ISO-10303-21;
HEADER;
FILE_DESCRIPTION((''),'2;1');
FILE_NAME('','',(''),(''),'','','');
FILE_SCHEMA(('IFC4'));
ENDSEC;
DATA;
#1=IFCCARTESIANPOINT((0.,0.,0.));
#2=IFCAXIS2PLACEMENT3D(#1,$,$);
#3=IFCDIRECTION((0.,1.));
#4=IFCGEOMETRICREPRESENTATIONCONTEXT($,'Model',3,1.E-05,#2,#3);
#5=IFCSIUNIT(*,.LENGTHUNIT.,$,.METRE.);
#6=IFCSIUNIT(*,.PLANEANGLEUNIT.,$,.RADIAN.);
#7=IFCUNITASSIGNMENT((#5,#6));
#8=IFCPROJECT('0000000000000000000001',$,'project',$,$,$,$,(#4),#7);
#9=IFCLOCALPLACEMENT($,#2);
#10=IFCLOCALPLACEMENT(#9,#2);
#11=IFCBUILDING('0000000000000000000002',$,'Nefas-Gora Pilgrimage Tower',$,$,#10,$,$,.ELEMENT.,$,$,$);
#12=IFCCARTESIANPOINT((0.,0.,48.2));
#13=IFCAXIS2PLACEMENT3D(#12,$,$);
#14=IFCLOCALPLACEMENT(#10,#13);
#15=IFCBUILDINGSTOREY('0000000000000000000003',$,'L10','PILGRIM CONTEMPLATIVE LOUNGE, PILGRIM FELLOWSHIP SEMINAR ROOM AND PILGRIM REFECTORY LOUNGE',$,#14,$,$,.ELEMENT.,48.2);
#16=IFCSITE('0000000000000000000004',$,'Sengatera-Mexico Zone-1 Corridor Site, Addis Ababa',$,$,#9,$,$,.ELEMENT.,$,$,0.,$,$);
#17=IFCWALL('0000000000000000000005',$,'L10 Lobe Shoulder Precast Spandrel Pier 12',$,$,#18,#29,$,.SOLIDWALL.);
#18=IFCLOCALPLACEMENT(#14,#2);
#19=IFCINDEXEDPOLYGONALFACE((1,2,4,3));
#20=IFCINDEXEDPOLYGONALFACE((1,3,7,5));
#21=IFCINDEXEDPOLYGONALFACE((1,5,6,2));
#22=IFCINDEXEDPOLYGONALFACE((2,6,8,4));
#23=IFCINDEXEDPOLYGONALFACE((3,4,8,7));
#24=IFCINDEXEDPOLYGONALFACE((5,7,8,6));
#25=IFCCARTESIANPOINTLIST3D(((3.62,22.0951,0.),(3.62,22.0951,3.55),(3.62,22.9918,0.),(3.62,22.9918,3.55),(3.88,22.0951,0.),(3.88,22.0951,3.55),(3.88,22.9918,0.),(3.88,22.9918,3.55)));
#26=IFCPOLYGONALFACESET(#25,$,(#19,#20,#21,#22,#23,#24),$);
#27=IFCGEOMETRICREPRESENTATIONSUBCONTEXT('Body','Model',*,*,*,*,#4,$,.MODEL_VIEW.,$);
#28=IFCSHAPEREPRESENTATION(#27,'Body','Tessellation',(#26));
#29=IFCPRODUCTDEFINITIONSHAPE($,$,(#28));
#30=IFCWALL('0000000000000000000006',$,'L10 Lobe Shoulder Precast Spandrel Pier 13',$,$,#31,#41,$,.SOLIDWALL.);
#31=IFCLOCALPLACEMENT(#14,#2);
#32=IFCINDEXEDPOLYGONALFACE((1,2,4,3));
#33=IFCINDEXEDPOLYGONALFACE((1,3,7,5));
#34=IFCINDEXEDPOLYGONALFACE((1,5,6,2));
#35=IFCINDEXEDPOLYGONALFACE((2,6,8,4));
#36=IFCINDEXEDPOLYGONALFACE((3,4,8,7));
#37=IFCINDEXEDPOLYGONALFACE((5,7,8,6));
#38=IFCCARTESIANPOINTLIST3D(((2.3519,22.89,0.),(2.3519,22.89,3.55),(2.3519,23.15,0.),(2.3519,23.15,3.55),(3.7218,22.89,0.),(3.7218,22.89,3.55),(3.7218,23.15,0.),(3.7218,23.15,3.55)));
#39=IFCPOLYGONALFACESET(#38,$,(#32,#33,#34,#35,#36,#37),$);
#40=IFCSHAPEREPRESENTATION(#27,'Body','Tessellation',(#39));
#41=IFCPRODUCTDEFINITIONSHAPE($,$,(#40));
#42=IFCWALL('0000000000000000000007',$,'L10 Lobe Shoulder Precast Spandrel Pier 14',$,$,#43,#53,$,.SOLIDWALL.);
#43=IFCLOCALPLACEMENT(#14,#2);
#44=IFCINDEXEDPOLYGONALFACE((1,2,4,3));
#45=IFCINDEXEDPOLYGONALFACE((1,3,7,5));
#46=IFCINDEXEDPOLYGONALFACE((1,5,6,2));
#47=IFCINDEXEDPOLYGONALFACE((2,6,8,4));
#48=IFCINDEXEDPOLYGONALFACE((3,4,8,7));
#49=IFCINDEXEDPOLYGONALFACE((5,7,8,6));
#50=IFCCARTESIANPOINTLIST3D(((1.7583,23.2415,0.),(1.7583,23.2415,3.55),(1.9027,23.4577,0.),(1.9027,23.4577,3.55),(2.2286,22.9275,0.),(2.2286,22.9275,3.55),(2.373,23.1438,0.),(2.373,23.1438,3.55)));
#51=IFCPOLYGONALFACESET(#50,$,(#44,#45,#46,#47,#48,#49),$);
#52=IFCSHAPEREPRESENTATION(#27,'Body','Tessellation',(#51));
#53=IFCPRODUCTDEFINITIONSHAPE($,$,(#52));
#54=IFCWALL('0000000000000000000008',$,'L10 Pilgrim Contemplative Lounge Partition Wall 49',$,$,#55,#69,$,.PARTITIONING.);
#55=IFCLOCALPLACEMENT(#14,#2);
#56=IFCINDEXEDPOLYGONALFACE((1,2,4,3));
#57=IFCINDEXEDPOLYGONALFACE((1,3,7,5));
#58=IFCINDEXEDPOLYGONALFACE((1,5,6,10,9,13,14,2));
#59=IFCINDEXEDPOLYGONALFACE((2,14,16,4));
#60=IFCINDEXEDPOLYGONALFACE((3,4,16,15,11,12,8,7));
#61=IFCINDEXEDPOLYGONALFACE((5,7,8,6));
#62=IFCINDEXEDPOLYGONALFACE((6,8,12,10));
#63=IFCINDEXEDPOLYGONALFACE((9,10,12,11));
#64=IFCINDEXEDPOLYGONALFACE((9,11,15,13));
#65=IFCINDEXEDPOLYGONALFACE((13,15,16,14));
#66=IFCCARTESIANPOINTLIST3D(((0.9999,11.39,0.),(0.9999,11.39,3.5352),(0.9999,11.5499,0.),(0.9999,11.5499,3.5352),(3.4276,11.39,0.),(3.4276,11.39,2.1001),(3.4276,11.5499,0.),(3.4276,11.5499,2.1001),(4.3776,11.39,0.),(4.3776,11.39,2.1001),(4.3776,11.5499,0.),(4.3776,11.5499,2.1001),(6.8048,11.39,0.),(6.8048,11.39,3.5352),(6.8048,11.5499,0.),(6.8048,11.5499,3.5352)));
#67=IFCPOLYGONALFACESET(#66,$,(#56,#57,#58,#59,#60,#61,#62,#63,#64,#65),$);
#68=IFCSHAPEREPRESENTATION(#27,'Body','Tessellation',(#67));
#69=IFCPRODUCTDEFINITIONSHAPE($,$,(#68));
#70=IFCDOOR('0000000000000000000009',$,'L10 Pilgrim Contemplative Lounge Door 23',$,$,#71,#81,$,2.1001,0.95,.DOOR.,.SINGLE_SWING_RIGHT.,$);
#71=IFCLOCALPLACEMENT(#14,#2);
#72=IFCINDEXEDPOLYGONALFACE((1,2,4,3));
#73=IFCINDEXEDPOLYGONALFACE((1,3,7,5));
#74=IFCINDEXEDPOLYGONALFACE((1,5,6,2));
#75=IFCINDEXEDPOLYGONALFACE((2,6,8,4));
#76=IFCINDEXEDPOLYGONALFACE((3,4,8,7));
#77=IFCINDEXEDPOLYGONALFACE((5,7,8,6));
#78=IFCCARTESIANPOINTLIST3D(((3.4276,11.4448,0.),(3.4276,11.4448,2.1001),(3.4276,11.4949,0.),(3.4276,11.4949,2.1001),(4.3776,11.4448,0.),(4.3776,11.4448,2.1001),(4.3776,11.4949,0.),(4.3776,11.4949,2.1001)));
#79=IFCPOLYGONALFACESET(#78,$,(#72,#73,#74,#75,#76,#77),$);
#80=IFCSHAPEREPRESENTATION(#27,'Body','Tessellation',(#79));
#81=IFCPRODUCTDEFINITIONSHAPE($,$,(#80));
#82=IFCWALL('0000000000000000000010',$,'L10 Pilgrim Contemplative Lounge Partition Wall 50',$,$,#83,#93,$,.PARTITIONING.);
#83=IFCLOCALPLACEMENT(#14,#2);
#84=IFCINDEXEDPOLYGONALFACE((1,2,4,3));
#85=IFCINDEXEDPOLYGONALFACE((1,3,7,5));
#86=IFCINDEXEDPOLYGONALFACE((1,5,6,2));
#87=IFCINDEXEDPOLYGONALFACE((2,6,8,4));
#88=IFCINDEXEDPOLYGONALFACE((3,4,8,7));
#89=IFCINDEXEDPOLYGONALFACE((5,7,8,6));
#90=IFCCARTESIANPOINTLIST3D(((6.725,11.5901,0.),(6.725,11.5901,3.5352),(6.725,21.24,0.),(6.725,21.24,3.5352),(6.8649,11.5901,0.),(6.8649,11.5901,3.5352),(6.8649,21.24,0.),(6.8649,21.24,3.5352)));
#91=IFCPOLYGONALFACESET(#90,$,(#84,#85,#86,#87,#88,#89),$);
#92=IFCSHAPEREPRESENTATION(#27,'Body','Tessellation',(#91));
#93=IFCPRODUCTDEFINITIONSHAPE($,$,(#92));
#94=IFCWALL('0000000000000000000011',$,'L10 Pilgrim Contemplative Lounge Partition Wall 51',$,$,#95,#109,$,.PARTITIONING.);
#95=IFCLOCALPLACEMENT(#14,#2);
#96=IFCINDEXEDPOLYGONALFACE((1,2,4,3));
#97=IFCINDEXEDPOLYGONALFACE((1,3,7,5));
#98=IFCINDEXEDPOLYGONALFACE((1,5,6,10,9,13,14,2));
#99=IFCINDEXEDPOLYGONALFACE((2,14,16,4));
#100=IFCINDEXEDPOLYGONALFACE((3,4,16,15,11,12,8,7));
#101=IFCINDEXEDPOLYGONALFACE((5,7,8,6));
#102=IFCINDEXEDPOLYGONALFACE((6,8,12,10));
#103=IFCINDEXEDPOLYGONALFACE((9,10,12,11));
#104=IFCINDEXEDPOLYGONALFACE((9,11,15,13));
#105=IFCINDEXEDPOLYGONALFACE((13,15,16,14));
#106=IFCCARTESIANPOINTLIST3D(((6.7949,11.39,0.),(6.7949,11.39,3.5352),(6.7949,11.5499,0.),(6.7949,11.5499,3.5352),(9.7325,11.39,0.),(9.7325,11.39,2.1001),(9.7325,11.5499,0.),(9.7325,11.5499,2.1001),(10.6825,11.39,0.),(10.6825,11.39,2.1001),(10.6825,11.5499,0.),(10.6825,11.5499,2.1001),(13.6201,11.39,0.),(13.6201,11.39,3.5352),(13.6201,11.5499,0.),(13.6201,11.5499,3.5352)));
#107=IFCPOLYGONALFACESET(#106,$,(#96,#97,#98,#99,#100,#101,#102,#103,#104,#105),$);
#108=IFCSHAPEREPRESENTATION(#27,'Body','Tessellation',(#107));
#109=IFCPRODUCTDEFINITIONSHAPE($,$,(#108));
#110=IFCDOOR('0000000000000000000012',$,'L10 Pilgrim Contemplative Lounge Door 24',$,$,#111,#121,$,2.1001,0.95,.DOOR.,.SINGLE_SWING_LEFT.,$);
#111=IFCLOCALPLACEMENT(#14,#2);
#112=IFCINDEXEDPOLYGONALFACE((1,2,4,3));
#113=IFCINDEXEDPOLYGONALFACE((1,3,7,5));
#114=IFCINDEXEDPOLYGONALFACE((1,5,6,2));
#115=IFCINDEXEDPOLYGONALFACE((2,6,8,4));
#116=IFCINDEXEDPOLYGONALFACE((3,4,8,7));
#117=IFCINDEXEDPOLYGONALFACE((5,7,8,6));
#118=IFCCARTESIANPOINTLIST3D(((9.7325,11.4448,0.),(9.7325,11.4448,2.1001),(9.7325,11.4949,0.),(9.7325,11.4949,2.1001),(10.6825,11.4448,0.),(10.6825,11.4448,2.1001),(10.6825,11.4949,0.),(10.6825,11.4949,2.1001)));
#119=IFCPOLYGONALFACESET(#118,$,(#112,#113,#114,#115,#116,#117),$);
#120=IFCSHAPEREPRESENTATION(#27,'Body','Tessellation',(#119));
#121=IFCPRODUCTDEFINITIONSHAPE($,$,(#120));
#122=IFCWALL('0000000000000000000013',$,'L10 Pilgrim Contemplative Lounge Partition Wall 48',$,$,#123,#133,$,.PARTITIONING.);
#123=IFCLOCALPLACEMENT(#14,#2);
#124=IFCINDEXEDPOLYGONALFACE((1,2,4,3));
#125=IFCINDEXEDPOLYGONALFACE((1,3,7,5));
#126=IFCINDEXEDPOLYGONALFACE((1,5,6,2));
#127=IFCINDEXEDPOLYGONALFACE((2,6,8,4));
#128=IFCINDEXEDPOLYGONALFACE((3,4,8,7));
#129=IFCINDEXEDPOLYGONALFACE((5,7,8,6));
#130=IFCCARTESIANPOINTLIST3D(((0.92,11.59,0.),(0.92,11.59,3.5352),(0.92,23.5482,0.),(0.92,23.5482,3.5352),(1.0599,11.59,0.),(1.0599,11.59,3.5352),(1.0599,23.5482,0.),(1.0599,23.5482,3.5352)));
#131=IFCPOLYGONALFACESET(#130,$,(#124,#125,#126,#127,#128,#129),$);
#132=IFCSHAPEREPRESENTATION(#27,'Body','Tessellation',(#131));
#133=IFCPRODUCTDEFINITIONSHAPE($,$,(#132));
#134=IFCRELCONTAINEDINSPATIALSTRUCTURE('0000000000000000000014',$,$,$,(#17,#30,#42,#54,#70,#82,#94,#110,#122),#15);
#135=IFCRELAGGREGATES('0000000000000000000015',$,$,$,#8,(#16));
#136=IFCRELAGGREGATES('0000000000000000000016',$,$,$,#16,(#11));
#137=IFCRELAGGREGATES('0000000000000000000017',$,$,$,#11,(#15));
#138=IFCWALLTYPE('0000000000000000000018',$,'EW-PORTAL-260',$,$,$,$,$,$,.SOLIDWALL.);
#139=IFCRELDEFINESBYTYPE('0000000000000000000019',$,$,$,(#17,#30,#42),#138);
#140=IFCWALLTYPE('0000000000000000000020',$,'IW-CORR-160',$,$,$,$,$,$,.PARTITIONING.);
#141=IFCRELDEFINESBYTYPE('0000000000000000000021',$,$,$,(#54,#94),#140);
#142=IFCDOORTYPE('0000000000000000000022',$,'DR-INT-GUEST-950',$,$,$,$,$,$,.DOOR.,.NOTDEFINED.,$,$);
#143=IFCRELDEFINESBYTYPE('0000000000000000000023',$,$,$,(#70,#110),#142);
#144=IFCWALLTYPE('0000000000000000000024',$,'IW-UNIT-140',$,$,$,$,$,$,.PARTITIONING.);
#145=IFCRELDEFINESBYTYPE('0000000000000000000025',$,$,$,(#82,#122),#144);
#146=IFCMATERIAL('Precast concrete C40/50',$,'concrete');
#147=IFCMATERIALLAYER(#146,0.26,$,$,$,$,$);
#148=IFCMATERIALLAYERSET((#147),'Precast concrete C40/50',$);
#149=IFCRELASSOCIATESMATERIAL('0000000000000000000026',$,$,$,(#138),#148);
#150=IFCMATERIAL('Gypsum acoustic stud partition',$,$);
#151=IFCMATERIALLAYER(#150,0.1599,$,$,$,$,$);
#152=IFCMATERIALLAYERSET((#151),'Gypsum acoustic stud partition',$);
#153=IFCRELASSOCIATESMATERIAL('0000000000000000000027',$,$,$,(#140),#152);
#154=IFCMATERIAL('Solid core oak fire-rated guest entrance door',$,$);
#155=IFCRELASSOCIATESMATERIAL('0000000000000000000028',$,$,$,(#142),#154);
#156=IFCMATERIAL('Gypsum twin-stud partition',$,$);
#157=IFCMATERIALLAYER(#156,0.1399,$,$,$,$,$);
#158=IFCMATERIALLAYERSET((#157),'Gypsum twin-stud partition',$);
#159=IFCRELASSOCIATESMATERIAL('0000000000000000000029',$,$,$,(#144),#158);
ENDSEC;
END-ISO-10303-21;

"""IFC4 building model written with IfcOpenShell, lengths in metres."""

from ifc_helpers import new_model, si_unit, direction, frame, frame_2d, origin, place, context, subcontext, project, spatial, rectangle, extrude, source, transform, mapped, material, layer, layer_set, type_object, element, fill, save


model = new_model("IFC4")

# Units and contexts
model_context = context("Model", 3, precision=1e-05, world=origin(), true_north=direction((0.0, 1.0)))
body_context = subcontext(model_context, "Body", "Model", "MODEL_VIEW")
ifc_project = project(units=[si_unit("LENGTHUNIT", "METRE"), si_unit("PLANEANGLEUNIT", "RADIAN")], contexts=[model_context])

# Site, building, storey
site_placement = place(None, origin())
site = spatial("IfcSite", under=ifc_project, at=site_placement, Name="Sengatera-Mexico Zone-1 Corridor Site, Addis Ababa", CompositionType="ELEMENT", RefElevation=0.0)
building_placement = place(site_placement, origin())
building = spatial("IfcBuilding", under=site, at=building_placement, Name="Nefas-Gora Pilgrimage Tower", CompositionType="ELEMENT")
storey_placement = place(building_placement, frame((0.0, 0.0, 48.2)))
storey = spatial("IfcBuildingStorey", under=building, at=storey_placement, Name="L10", Description="PILGRIM CONTEMPLATIVE LOUNGE, PILGRIM FELLOWSHIP SEMINAR ROOM AND PILGRIM REFECTORY LOUNGE", CompositionType="ELEMENT", Elevation=48.2)

# Walls
ifc_material_1 = material(Name="Precast concrete C40/50", Category="concrete")
ifc_layer_1 = layer(ifc_material_1, 0.26)
ifc_layer_set_1 = layer_set([ifc_layer_1], Name="Precast concrete C40/50")
wall_type_1 = type_object("IfcWallType", Name="EW-PORTAL-260", PredefinedType="SOLIDWALL", material=ifc_layer_set_1)
shared_shape_1 = source(origin(), body_context, "Body", "SweptSolid", [
    extrude(rectangle(XDim=0.8967, YDim=0.26, at=frame_2d((0.4482, 0.0))), origin(), (0.0, 0.0, 1.0), 3.55),
])
wall_1_placement = place(storey_placement, frame((3.75, 22.0952, 0.0), z_axis=(0.0, 0.0, 1.0), x_axis=(0.0, 1.0, 0.0)))
element("IfcWall", 1, at=wall_1_placement, inside=storey, type_object=wall_type_1, Name="L10 Lobe Shoulder Precast Spandrel Pier 12", PredefinedType="SOLIDWALL", context=body_context, shape_type="MappedRepresentation", body=[
    mapped(shared_shape_1, transform((0.0, 0.0, 0.0), x_axis=(1.0, 0.0, 0.0), y_axis=(0.0, 1.0, 0.0), z_axis=(0.0, 0.0, 1.0), scale=1.0)),
])
shared_shape_2 = source(origin(), body_context, "Body", "SweptSolid", [
    extrude(rectangle(XDim=1.3699, YDim=0.26, at=frame_2d((0.6851, 0.0))), origin(), (0.0, 0.0, 1.0), 3.55),
])
wall_2_placement = place(storey_placement, frame((3.7219, 23.02, 0.0), z_axis=(0.0, 0.0, 1.0), x_axis=(-1.0, 0.0, 0.0)))
element("IfcWall", 2, at=wall_2_placement, inside=storey, type_object=wall_type_1, Name="L10 Lobe Shoulder Precast Spandrel Pier 13", PredefinedType="SOLIDWALL", context=body_context, shape_type="MappedRepresentation", body=[
    mapped(shared_shape_2, transform((0.0, 0.0, 0.0), x_axis=(1.0, 0.0, 0.0), y_axis=(0.0, 1.0, 0.0), z_axis=(0.0, 0.0, 1.0), scale=1.0)),
])
shared_shape_3 = source(origin(), body_context, "Body", "SweptSolid", [
    extrude(rectangle(XDim=0.5654, YDim=0.26, at=frame_2d((0.2827, 0.0))), origin(), (0.0, 0.0, 1.0), 3.55),
])
wall_3_placement = place(storey_placement, frame((2.3008, 23.0356, 0.0), z_axis=(0.0, 0.0, 1.0), x_axis=(-0.831651, 0.555298, 0.0)))
element("IfcWall", 3, at=wall_3_placement, inside=storey, type_object=wall_type_1, Name="L10 Lobe Shoulder Precast Spandrel Pier 14", PredefinedType="SOLIDWALL", context=body_context, shape_type="MappedRepresentation", body=[
    mapped(shared_shape_3, transform((0.0, 0.0, 0.0), x_axis=(1.0, 0.0, 0.0), y_axis=(0.0, 1.0, 0.0), z_axis=(0.0, 0.0, 1.0), scale=1.0)),
])

# Wall, opening, door
ifc_material_2 = material(Name="Gypsum acoustic stud partition")
ifc_layer_2 = layer(ifc_material_2, 0.1599)
ifc_layer_set_2 = layer_set([ifc_layer_2], Name="Gypsum acoustic stud partition")
wall_type_2 = type_object("IfcWallType", Name="IW-CORR-160", PredefinedType="PARTITIONING", material=ifc_layer_set_2)
shared_shape_4 = source(origin(), body_context, "Body", "SweptSolid", [
    extrude(rectangle(XDim=5.8049, YDim=0.1599, at=frame_2d((2.9023, 0.0))), origin(), (0.0, 0.0, 1.0), 3.5352),
])
wall_4_placement = place(storey_placement, frame((1.0, 11.47, 0.0), z_axis=(0.0, 0.0, 1.0), x_axis=(1.0, 0.0, 0.0)))
wall_4 = element("IfcWall", 4, at=wall_4_placement, inside=storey, type_object=wall_type_2, Name="L10 Pilgrim Contemplative Lounge Partition Wall 49", PredefinedType="PARTITIONING", context=body_context, shape_type="MappedRepresentation", body=[
    mapped(shared_shape_4, transform((0.0, 0.0, 0.0), x_axis=(1.0, 0.0, 0.0), y_axis=(0.0, 1.0, 0.0), z_axis=(0.0, 0.0, 1.0), scale=1.0)),
])
opening_1_placement = place(wall_4_placement, frame((2.4275, 0.0, 0.0)))
opening_1 = element("IfcOpeningElement", 5, at=opening_1_placement, cuts=wall_4, PredefinedType="OPENING", context=body_context, shape_type="SweptSolid", body=[
    extrude(rectangle(XDim=0.95, YDim=2.1001, at=frame_2d((0.4751, 1.05))), frame((0.0, 0.0898, 0.0), z_axis=(0.0, -1.0, 0.0), x_axis=(1.0, 0.0, 0.0)), (0.0, 0.0, 1.0), 0.1799),
])
ifc_material_3 = material(Name="Solid core oak fire-rated guest entrance door")
door_type = type_object("IfcDoorType", Name="DR-INT-GUEST-950", OperationType="NOTDEFINED", PredefinedType="DOOR", material=ifc_material_3)
shared_shape_5 = source(origin(), body_context, "Body", "SweptSolid", [
    extrude(rectangle(XDim=0.95, YDim=2.1001, at=frame_2d((0.4751, 1.05))), frame((0.0, 0.0249, 0.0), z_axis=(0.0, -1.0, 0.0), x_axis=(1.0, 0.0, 0.0)), (0.0, 0.0, 1.0), 0.05),
])
door_1_placement = place(opening_1_placement, origin())
door_1 = element("IfcDoor", 6, at=door_1_placement, inside=storey, type_object=door_type, Name="L10 Pilgrim Contemplative Lounge Door 23", OperationType="SINGLE_SWING_RIGHT", OverallHeight=2.1001, OverallWidth=0.95, PredefinedType="DOOR", context=body_context, shape_type="MappedRepresentation", body=[
    mapped(shared_shape_5, transform((0.0, 0.0, 0.0), x_axis=(1.0, 0.0, 0.0), y_axis=(0.0, 1.0, 0.0), z_axis=(0.0, 0.0, 1.0), scale=1.0)),
])
fill(opening_1, door_1)

# Wall
ifc_material_4 = material(Name="Gypsum twin-stud partition")
ifc_layer_3 = layer(ifc_material_4, 0.1399)
ifc_layer_set_3 = layer_set([ifc_layer_3], Name="Gypsum twin-stud partition")
wall_type_3 = type_object("IfcWallType", Name="IW-UNIT-140", PredefinedType="PARTITIONING", material=ifc_layer_set_3)
shared_shape_6 = source(origin(), body_context, "Body", "SweptSolid", [
    extrude(rectangle(XDim=9.6499, YDim=0.1399, at=frame_2d((4.825, 0.0))), origin(), (0.0, 0.0, 1.0), 3.5352),
])
wall_5_placement = place(storey_placement, frame((6.7949, 11.5901, 0.0), z_axis=(0.0, 0.0, 1.0), x_axis=(0.0, 1.0, 0.0)))
element("IfcWall", 7, at=wall_5_placement, inside=storey, type_object=wall_type_3, Name="L10 Pilgrim Contemplative Lounge Partition Wall 50", PredefinedType="PARTITIONING", context=body_context, shape_type="MappedRepresentation", body=[
    mapped(shared_shape_6, transform((0.0, 0.0, 0.0), x_axis=(1.0, 0.0, 0.0), y_axis=(0.0, 1.0, 0.0), z_axis=(0.0, 0.0, 1.0), scale=1.0)),
])

# Wall, opening, door
shared_shape_7 = source(origin(), body_context, "Body", "SweptSolid", [
    extrude(rectangle(XDim=6.8252, YDim=0.1599, at=frame_2d((3.4126, 0.0))), origin(), (0.0, 0.0, 1.0), 3.5352),
])
wall_6_placement = place(storey_placement, frame((6.7949, 11.47, 0.0), z_axis=(0.0, 0.0, 1.0), x_axis=(1.0, 0.0, 0.0)))
wall_6 = element("IfcWall", 8, at=wall_6_placement, inside=storey, type_object=wall_type_2, Name="L10 Pilgrim Contemplative Lounge Partition Wall 51", PredefinedType="PARTITIONING", context=body_context, shape_type="MappedRepresentation", body=[
    mapped(shared_shape_7, transform((0.0, 0.0, 0.0), x_axis=(1.0, 0.0, 0.0), y_axis=(0.0, 1.0, 0.0), z_axis=(0.0, 0.0, 1.0), scale=1.0)),
])
opening_2_placement = place(wall_6_placement, frame((2.9375, 0.0, 0.0)))
opening_2 = element("IfcOpeningElement", 9, at=opening_2_placement, cuts=wall_6, PredefinedType="OPENING", context=body_context, shape_type="SweptSolid", body=[
    extrude(rectangle(XDim=0.95, YDim=2.1001, at=frame_2d((0.4751, 1.05))), frame((0.0, 0.0898, 0.0), z_axis=(0.0, -1.0, 0.0), x_axis=(1.0, 0.0, 0.0)), (0.0, 0.0, 1.0), 0.1799),
])
door_2_placement = place(opening_2_placement, origin())
door_2 = element("IfcDoor", 10, at=door_2_placement, inside=storey, type_object=door_type, Name="L10 Pilgrim Contemplative Lounge Door 24", OperationType="SINGLE_SWING_LEFT", OverallHeight=2.1001, OverallWidth=0.95, PredefinedType="DOOR", context=body_context, shape_type="MappedRepresentation", body=[
    mapped(shared_shape_5, transform((0.0, 0.0, 0.0), x_axis=(1.0, 0.0, 0.0), y_axis=(0.0, 1.0, 0.0), z_axis=(0.0, 0.0, 1.0), scale=1.0)),
])
fill(opening_2, door_2)

# Wall
shared_shape_8 = source(origin(), body_context, "Body", "SweptSolid", [
    extrude(rectangle(XDim=11.9583, YDim=0.1399, at=frame_2d((5.979, 0.0))), origin(), (0.0, 0.0, 1.0), 3.5352),
])
wall_7_placement = place(storey_placement, frame((0.99, 11.5901, 0.0), z_axis=(0.0, 0.0, 1.0), x_axis=(0.0, 1.0, 0.0)))
element("IfcWall", 11, at=wall_7_placement, inside=storey, type_object=wall_type_3, Name="L10 Pilgrim Contemplative Lounge Partition Wall 48", PredefinedType="PARTITIONING", context=body_context, shape_type="MappedRepresentation", body=[
    mapped(shared_shape_8, transform((0.0, 0.0, 0.0), x_axis=(1.0, 0.0, 0.0), y_axis=(0.0, 1.0, 0.0), z_axis=(0.0, 0.0, 1.0), scale=1.0)),
])

save(model, "model.ifc")
